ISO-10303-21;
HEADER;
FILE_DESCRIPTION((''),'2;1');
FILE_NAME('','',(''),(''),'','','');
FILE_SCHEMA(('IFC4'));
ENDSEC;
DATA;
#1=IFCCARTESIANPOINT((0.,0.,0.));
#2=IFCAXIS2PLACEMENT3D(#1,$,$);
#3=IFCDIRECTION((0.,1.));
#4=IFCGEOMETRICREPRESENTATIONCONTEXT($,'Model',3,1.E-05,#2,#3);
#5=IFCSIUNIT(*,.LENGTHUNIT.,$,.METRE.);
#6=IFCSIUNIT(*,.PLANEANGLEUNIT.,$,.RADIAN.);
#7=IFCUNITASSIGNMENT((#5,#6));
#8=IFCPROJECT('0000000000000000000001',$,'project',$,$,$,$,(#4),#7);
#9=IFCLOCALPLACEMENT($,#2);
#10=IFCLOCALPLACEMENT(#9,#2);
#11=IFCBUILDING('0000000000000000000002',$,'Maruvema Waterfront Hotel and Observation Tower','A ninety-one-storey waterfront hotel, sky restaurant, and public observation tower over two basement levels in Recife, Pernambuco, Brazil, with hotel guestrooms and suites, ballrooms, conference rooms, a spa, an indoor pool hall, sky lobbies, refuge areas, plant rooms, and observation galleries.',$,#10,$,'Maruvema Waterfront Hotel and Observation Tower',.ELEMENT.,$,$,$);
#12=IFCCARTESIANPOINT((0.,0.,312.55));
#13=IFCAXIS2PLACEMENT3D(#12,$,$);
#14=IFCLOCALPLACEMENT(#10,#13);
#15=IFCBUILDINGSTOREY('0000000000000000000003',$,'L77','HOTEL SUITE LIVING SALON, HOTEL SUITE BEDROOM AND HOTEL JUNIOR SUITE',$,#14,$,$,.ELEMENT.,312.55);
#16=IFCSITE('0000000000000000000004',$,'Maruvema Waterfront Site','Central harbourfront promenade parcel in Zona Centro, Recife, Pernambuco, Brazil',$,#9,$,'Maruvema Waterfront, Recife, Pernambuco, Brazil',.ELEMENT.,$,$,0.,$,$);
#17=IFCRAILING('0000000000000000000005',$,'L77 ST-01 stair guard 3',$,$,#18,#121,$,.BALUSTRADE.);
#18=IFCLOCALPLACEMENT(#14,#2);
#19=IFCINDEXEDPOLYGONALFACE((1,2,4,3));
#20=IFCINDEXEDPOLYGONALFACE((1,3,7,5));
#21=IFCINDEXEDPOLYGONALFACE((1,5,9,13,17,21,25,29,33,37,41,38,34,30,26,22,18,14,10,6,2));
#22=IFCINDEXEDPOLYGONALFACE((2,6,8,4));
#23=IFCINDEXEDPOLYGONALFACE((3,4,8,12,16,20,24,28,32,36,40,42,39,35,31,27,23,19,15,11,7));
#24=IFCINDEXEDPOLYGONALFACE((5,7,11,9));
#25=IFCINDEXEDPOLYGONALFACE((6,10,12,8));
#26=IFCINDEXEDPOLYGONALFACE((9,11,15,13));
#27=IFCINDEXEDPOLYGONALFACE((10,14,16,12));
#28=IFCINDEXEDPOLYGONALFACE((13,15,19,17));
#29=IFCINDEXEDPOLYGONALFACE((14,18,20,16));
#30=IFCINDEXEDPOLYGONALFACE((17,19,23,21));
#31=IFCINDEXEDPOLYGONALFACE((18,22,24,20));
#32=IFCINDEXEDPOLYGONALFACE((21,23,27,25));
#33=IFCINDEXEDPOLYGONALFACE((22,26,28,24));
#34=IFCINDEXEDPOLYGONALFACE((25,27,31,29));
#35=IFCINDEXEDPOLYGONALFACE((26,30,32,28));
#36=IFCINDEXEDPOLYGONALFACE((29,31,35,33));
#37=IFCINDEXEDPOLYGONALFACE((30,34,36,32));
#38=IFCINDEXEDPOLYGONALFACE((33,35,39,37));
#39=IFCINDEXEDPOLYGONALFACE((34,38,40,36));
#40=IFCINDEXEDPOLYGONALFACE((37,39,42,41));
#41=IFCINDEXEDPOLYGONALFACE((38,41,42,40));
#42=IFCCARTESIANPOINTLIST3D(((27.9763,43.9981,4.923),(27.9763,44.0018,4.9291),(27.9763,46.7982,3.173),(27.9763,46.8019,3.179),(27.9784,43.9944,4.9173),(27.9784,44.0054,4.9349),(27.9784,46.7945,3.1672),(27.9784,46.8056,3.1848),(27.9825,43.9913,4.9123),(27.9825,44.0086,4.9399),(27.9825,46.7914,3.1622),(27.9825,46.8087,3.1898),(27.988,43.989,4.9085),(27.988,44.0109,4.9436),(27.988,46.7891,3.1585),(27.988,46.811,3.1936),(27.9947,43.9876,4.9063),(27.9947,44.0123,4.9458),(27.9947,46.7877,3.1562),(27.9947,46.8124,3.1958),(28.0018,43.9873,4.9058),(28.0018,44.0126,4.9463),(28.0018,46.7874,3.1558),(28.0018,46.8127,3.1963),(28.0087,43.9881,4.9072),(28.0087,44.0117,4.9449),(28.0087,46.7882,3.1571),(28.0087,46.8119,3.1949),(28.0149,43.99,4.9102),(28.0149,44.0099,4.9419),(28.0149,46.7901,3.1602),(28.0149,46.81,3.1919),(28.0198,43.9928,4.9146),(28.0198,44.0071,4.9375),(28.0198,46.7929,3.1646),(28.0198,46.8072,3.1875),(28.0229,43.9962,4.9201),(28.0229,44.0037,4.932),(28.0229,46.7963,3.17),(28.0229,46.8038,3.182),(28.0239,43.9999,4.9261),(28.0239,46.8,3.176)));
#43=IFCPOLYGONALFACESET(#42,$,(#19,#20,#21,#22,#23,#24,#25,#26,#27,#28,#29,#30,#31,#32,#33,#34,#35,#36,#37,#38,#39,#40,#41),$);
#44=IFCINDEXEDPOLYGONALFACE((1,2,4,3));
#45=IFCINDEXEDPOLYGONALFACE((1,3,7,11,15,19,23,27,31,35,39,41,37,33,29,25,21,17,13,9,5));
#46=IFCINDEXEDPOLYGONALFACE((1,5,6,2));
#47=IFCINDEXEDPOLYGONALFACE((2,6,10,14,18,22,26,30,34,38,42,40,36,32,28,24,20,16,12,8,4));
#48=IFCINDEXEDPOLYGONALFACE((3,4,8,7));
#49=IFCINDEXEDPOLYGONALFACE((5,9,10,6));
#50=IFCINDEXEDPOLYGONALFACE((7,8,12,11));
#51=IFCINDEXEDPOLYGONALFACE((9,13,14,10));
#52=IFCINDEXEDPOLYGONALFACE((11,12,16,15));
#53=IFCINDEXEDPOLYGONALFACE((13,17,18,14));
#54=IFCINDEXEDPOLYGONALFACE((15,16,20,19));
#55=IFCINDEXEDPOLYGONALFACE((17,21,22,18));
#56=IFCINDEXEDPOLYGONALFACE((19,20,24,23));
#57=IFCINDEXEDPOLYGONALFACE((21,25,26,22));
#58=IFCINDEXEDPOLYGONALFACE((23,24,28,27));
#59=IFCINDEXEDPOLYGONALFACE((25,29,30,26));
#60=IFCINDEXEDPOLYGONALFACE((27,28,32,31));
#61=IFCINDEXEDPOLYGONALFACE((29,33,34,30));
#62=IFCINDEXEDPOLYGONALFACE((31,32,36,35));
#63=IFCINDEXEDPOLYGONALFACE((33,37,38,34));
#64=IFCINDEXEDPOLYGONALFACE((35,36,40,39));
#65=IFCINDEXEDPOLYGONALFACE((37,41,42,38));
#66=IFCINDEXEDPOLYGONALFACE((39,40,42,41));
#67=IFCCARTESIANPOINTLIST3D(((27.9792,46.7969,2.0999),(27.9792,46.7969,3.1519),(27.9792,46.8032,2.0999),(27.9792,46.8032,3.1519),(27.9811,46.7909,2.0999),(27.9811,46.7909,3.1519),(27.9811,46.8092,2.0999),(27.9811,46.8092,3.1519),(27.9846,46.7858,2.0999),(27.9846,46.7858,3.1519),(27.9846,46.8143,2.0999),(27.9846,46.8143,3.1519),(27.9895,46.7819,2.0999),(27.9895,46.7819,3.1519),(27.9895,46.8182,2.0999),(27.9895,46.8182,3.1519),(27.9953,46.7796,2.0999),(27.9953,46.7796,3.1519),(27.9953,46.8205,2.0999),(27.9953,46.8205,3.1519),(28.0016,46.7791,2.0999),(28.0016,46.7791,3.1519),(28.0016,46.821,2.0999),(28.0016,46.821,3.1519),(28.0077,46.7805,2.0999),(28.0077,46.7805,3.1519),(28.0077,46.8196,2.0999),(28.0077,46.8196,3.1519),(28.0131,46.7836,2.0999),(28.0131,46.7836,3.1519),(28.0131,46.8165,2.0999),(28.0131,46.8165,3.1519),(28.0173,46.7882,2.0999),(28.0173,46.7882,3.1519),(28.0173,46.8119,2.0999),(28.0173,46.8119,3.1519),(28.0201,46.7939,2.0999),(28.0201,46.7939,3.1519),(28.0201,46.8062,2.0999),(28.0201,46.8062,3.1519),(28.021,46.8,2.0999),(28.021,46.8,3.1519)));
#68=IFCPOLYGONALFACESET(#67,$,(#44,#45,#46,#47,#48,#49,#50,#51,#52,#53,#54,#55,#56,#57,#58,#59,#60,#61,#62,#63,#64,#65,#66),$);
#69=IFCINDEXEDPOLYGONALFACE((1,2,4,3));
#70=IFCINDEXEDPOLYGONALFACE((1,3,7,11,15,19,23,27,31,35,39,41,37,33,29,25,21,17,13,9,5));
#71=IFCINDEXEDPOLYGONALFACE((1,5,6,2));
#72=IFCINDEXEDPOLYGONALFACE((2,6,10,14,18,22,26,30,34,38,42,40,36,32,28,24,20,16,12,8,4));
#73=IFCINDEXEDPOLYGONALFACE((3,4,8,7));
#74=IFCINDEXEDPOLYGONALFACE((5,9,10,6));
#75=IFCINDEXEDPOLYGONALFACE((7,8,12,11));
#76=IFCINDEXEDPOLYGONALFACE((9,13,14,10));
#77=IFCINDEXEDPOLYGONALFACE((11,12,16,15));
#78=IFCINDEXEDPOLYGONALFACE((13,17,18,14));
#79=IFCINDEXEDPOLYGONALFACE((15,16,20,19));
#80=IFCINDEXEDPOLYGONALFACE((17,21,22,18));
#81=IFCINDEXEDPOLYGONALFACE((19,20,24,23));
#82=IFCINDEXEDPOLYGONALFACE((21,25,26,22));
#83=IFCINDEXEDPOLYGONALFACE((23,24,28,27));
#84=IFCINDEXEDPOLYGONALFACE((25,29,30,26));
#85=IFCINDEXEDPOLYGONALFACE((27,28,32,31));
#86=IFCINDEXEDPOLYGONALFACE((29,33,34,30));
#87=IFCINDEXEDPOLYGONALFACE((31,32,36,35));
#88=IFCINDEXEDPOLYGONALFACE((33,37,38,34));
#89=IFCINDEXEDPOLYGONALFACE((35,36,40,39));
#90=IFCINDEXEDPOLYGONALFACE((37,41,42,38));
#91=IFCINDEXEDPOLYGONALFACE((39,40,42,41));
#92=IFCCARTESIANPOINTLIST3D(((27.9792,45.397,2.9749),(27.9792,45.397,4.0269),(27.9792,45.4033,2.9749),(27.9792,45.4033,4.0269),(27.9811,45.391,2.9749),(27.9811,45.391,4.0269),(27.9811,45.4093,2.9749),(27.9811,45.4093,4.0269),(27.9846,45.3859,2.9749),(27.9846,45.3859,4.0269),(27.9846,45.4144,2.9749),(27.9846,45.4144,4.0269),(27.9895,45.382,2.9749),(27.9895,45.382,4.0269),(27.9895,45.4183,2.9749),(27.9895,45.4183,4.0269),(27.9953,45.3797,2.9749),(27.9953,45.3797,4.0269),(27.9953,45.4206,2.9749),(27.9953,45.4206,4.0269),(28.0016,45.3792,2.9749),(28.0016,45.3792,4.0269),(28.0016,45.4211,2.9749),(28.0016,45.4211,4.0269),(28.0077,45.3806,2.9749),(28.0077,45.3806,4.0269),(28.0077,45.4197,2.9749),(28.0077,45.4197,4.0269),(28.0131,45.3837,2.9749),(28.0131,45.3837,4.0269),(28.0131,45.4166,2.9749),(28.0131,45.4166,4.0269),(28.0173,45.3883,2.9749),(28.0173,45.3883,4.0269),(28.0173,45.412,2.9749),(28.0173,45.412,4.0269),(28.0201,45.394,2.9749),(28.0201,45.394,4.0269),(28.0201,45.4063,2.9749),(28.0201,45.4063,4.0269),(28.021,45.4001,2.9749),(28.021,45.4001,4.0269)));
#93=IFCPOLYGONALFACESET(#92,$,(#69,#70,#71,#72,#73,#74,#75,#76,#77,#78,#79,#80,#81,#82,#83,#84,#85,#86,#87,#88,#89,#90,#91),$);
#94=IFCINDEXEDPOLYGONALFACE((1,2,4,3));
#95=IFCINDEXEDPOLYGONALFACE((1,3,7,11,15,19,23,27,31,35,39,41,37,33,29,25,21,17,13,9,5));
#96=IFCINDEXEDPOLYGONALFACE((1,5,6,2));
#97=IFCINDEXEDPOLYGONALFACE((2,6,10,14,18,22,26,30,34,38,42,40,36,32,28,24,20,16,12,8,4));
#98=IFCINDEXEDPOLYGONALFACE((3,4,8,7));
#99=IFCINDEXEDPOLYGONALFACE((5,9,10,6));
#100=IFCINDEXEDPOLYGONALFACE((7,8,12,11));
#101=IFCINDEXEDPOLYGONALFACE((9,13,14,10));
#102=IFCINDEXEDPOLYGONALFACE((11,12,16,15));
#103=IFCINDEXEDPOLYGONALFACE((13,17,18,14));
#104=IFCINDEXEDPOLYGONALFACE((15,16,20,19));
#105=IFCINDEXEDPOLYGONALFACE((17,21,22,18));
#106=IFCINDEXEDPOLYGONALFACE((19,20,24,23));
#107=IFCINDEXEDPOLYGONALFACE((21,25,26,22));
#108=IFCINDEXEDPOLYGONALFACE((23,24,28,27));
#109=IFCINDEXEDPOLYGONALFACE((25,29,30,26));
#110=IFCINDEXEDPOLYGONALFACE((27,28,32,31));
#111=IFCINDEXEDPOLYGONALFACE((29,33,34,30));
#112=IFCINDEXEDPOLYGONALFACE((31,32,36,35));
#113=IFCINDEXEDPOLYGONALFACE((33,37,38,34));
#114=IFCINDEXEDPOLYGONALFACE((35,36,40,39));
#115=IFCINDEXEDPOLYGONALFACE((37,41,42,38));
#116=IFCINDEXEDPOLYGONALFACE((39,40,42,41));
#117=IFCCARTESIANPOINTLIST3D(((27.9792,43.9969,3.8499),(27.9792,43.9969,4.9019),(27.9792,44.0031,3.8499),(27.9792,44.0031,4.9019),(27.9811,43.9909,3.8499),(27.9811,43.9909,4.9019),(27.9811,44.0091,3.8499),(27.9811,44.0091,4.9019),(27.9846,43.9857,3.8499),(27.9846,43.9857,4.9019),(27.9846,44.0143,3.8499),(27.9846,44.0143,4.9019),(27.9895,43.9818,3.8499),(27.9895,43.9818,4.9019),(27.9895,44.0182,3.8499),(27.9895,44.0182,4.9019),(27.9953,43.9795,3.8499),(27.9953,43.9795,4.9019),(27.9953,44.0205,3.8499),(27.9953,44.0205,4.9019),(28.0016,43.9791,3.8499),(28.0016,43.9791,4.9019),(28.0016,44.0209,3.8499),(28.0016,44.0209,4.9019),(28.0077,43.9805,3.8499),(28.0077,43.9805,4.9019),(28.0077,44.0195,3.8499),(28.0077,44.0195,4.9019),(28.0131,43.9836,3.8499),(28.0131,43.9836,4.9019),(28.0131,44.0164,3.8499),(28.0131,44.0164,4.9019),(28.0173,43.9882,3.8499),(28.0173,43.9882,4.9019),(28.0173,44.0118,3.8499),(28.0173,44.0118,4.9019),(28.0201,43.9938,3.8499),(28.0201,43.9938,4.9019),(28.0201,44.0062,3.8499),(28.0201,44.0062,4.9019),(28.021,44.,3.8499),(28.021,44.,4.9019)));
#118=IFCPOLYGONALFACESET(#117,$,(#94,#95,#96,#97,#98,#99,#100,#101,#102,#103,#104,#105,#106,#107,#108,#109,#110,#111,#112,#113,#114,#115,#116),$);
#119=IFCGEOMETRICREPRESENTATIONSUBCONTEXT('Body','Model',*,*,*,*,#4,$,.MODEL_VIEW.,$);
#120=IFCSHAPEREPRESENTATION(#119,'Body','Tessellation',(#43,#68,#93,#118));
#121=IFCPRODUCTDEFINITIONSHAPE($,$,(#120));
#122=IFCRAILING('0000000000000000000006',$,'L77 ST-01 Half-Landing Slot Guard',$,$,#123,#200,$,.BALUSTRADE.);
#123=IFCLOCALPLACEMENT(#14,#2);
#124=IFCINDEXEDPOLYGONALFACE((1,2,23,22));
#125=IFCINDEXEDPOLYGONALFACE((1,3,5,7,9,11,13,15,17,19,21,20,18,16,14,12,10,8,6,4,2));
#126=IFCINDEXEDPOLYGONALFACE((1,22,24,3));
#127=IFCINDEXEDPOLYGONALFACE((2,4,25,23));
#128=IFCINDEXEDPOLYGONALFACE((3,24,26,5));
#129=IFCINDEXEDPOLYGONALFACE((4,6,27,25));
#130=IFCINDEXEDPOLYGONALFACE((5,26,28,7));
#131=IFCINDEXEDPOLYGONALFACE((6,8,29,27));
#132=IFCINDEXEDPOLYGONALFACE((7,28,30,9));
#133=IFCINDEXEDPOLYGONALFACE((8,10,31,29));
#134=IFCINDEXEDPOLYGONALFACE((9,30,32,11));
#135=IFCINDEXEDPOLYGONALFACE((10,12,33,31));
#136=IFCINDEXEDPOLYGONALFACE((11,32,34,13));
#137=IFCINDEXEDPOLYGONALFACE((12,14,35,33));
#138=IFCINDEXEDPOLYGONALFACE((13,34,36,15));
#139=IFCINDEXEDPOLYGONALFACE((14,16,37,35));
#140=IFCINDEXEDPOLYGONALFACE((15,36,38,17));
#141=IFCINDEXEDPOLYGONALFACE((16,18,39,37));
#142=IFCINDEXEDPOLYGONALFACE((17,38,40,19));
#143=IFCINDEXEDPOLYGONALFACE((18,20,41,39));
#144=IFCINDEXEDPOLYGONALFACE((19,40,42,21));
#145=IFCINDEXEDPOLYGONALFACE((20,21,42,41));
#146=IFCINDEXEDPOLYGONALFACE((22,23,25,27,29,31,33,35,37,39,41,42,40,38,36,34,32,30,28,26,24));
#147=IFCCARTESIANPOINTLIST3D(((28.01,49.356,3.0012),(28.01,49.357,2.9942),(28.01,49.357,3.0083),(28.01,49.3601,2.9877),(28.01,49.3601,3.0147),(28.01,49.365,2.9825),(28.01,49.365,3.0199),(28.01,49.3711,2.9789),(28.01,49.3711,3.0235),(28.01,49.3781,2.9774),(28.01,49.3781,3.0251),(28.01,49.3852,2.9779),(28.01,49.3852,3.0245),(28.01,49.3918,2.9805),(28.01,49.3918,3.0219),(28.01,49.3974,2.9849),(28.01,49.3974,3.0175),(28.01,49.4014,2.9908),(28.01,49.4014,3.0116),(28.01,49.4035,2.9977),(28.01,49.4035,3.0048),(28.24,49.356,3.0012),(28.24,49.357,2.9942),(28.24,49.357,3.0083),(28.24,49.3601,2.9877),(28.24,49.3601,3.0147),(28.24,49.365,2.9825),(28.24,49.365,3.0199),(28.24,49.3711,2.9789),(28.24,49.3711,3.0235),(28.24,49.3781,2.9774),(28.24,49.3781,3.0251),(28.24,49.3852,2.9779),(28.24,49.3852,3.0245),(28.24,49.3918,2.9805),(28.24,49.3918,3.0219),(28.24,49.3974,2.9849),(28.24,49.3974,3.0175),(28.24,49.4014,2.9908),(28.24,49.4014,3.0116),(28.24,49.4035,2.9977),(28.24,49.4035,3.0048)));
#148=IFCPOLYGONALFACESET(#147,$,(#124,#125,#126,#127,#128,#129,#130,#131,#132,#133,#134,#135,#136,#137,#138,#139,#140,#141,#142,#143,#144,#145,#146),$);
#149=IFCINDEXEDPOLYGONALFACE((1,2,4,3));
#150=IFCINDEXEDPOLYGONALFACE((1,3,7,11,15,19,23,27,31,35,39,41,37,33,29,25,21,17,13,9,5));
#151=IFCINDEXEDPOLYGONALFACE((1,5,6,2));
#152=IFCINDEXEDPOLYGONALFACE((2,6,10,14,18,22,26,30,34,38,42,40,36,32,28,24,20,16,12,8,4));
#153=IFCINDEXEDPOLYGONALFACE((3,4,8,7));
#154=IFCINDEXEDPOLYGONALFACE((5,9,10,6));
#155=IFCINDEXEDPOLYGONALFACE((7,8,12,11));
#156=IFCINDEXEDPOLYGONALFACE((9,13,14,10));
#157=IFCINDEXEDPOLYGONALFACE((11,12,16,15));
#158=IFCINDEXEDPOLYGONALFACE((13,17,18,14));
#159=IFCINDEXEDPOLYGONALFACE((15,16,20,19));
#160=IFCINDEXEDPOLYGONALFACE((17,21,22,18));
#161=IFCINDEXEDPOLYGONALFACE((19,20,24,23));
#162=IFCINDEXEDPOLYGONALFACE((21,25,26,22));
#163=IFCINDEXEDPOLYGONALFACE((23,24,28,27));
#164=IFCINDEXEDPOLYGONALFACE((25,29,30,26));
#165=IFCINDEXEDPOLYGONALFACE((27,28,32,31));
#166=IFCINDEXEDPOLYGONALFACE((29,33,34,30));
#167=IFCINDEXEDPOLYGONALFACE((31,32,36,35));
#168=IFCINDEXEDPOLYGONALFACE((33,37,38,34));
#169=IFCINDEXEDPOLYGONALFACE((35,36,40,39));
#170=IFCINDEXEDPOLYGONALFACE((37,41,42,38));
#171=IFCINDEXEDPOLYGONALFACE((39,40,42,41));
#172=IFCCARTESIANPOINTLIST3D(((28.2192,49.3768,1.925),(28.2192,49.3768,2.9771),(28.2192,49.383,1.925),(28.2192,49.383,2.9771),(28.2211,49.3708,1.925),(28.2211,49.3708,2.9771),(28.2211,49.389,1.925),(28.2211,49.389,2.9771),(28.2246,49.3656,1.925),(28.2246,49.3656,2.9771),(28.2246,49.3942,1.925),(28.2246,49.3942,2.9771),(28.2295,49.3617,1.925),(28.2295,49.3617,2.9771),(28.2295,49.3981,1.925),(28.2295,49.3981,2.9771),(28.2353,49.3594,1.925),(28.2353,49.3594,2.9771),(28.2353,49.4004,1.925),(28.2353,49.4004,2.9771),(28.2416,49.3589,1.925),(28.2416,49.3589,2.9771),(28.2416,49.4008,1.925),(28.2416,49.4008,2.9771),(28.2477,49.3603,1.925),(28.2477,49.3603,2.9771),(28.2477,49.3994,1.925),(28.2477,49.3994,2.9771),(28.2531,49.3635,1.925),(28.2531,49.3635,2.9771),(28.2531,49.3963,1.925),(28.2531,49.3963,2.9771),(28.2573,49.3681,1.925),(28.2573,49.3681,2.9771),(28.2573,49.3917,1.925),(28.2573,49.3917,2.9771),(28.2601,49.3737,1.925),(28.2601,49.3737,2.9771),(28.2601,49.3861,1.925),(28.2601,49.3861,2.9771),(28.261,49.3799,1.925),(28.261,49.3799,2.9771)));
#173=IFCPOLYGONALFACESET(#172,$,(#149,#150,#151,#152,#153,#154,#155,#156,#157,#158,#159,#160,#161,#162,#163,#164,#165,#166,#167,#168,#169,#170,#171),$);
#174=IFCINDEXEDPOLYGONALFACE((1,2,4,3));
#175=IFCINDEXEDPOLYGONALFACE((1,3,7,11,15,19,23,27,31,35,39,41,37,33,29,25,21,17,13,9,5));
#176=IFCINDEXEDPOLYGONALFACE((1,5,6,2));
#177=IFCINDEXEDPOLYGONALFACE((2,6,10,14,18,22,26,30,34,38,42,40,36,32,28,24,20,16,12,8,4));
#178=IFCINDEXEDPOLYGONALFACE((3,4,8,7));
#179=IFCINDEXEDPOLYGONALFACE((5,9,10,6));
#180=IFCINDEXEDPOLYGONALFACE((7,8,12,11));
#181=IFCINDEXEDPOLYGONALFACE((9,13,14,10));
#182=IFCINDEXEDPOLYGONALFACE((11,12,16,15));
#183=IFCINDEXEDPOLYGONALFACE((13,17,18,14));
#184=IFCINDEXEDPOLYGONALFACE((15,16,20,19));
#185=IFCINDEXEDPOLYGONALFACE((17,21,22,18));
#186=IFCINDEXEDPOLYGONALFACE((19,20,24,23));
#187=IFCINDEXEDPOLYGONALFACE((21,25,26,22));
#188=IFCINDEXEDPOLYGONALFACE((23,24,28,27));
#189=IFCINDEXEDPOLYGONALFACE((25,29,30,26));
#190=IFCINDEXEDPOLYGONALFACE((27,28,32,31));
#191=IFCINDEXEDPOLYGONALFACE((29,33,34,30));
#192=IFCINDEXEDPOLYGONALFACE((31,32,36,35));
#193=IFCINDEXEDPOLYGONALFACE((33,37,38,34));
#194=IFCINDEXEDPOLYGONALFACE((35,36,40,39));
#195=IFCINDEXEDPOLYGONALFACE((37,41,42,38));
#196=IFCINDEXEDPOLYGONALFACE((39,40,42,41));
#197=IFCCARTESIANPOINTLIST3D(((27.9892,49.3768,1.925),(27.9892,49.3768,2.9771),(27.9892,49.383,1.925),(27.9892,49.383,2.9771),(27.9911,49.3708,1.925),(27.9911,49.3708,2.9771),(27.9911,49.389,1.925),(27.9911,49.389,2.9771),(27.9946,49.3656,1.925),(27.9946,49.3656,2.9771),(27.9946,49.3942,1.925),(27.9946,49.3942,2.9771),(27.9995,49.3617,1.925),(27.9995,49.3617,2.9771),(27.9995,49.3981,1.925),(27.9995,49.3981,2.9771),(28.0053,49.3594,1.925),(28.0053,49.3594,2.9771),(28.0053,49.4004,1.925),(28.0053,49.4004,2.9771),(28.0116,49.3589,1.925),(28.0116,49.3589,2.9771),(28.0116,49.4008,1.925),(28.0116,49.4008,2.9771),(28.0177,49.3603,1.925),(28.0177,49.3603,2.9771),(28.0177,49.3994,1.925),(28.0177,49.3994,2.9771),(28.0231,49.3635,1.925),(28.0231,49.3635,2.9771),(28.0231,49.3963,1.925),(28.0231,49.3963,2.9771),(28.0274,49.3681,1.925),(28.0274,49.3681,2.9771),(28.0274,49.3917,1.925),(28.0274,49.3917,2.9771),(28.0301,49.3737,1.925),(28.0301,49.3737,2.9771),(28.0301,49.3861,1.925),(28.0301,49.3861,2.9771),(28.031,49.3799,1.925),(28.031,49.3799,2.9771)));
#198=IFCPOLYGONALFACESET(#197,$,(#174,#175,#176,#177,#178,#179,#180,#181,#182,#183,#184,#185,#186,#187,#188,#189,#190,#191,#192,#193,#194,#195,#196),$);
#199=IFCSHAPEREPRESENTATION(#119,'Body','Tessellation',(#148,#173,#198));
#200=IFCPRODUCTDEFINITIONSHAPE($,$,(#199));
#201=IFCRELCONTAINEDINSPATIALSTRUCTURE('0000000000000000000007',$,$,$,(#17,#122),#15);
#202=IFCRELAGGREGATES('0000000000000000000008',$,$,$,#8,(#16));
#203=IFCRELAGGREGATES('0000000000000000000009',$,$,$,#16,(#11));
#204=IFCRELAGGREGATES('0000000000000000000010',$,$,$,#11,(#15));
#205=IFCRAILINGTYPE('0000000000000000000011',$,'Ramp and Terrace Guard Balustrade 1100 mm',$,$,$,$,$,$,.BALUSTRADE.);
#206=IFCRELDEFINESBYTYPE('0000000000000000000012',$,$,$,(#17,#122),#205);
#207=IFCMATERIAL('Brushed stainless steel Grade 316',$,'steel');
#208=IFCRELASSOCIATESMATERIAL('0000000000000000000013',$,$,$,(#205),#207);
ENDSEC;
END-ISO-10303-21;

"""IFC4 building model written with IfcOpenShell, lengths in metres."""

from ifc_helpers import new_model, si_unit, direction, frame, origin, origin_2d, place, context, subcontext, project, spatial, circle, extrude, material, type_object, element, save


model = new_model("IFC4")

# Units and contexts
model_context = context("Model", 3, precision=1e-05, world=origin(), true_north=direction((0.0, 1.0)))
body_context = subcontext(model_context, "Body", "Model", "MODEL_VIEW")
ifc_project = project(units=[si_unit("LENGTHUNIT", "METRE"), si_unit("PLANEANGLEUNIT", "RADIAN")], contexts=[model_context])

# Site, building, storey
site_placement = place(None, origin())
site = spatial("IfcSite", under=ifc_project, at=site_placement, Name="Maruvema Waterfront Site", Description="Central harbourfront promenade parcel in Zona Centro, Recife, Pernambuco, Brazil", LongName="Maruvema Waterfront, Recife, Pernambuco, Brazil", CompositionType="ELEMENT", RefElevation=0.0)
building_placement = place(site_placement, origin())
building = spatial("IfcBuilding", under=site, at=building_placement, Name="Maruvema Waterfront Hotel and Observation Tower", Description="A ninety-one-storey waterfront hotel, sky restaurant, and public observation tower over two basement levels in Recife, Pernambuco, Brazil, with hotel guestrooms and suites, ballrooms, conference rooms, a spa, an indoor pool hall, sky lobbies, refuge areas, plant rooms, and observation galleries.", LongName="Maruvema Waterfront Hotel and Observation Tower", CompositionType="ELEMENT")
storey_placement = place(building_placement, frame((0.0, 0.0, 312.55)))
storey = spatial("IfcBuildingStorey", under=building, at=storey_placement, Name="L77", Description="HOTEL SUITE LIVING SALON, HOTEL SUITE BEDROOM AND HOTEL JUNIOR SUITE", CompositionType="ELEMENT", Elevation=312.55)

# Railings
ifc_material_1 = material(Name="Brushed stainless steel Grade 316", Category="steel")
railing_type_1 = type_object("IfcRailingType", Name="Ramp and Terrace Guard Balustrade 1100 mm", PredefinedType="BALUSTRADE", material=ifc_material_1)
railing_1_placement = place(storey_placement, frame((28.0, 46.8, 2.0999)))
element("IfcRailing", 1, at=railing_1_placement, inside=storey, type_object=railing_type_1, Name="L77 ST-01 stair guard 3", PredefinedType="BALUSTRADE", context=body_context, shape_type="SweptSolid", body=[
    extrude(circle(Radius=0.0239, at=origin_2d()), frame((0.0, 0.0, 1.0762), z_axis=(0.0, -0.848002, 0.529992), x_axis=(1.0, 0.0, 0.0)), (0.0, 0.0, 1.0), 3.302),
    extrude(circle(Radius=0.021, at=origin_2d()), origin(), (0.0, 0.0, 1.0), 1.052),
    extrude(circle(Radius=0.021, at=origin_2d()), frame((0.0, -1.3999, 0.875)), (0.0, 0.0, 1.0), 1.052),
    extrude(circle(Radius=0.021, at=origin_2d()), frame((0.0, -2.8, 1.75)), (0.0, 0.0, 1.0), 1.052),
])
railing_2_placement = place(storey_placement, frame((28.24, 49.3799, 1.925)))
element("IfcRailing", 2, at=railing_2_placement, inside=storey, type_object=railing_type_1, Name="L77 ST-01 Half-Landing Slot Guard", PredefinedType="BALUSTRADE", context=body_context, shape_type="SweptSolid", body=[
    extrude(circle(Radius=0.0239, at=origin_2d()), frame((0.0, 0.0, 1.0762), z_axis=(-1.0, 0.0, 0.0), x_axis=(0.0, -1.0, 0.0)), (0.0, 0.0, 1.0), 0.23),
    extrude(circle(Radius=0.021, at=origin_2d()), origin(), (0.0, 0.0, 1.0), 1.052),
    extrude(circle(Radius=0.021, at=origin_2d()), frame((-0.23, 0.0, 0.0)), (0.0, 0.0, 1.0), 1.052),
])

save(model, "model.ifc")
